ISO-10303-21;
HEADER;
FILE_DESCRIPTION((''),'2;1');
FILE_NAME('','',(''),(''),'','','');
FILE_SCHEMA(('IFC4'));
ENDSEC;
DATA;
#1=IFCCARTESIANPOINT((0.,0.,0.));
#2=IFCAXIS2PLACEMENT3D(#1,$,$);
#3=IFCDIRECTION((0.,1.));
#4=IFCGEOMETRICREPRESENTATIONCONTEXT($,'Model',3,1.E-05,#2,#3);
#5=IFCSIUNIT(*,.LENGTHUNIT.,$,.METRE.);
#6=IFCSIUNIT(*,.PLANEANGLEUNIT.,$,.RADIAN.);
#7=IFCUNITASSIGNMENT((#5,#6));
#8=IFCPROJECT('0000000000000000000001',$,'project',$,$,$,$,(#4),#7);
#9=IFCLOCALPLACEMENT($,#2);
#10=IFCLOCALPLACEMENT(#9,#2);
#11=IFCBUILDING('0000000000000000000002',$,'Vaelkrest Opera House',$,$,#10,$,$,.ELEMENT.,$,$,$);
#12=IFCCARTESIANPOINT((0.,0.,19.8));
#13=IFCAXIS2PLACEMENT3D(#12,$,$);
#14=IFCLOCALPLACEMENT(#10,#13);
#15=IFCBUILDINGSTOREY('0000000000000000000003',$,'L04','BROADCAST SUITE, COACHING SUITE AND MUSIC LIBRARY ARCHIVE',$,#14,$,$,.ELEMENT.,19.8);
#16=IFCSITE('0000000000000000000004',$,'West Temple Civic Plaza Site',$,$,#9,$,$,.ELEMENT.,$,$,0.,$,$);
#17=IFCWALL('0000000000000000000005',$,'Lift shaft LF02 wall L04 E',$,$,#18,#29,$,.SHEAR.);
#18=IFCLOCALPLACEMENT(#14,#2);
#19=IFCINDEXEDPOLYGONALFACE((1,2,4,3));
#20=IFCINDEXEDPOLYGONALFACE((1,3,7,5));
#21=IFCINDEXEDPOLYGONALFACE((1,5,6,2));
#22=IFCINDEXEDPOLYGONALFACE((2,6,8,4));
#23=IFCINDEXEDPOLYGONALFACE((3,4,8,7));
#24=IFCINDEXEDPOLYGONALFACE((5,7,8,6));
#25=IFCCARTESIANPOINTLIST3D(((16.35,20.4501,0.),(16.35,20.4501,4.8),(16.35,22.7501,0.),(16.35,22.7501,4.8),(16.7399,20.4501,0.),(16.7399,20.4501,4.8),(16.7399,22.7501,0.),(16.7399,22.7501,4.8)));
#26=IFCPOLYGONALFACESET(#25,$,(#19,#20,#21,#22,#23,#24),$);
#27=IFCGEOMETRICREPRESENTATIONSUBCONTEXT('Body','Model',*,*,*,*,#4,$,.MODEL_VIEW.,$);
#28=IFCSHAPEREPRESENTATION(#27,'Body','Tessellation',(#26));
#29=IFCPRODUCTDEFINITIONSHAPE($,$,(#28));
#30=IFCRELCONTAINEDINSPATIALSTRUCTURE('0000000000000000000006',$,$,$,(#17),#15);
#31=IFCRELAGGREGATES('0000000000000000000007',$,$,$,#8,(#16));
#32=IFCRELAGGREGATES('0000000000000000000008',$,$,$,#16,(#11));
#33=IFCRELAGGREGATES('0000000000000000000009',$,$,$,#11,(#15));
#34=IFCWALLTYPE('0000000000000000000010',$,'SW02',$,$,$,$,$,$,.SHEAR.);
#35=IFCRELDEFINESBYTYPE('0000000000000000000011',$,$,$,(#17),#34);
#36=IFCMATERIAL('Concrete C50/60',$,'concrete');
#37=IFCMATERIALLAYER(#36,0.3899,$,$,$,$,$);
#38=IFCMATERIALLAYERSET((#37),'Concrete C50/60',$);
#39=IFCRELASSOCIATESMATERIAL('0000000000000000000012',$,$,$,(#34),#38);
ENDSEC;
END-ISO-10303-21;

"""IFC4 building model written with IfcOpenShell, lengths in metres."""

from ifc_helpers import new_model, si_unit, direction, frame, frame_2d, origin, place, context, subcontext, project, spatial, rectangle, extrude, material, layer, layer_set, type_object, element, save


model = new_model("IFC4")

# Units and contexts
model_context = context("Model", 3, precision=1e-05, world=origin(), true_north=direction((0.0, 1.0)))
body_context = subcontext(model_context, "Body", "Model", "MODEL_VIEW")
ifc_project = project(units=[si_unit("LENGTHUNIT", "METRE"), si_unit("PLANEANGLEUNIT", "RADIAN")], contexts=[model_context])

# Site, building, storey
site_placement = place(None, origin())
site = spatial("IfcSite", under=ifc_project, at=site_placement, Name="West Temple Civic Plaza Site", CompositionType="ELEMENT", RefElevation=0.0)
building_placement = place(site_placement, origin())
building = spatial("IfcBuilding", under=site, at=building_placement, Name="Vaelkrest Opera House", CompositionType="ELEMENT")
storey_placement = place(building_placement, frame((0.0, 0.0, 19.8)))
storey = spatial("IfcBuildingStorey", under=building, at=storey_placement, Name="L04", Description="BROADCAST SUITE, COACHING SUITE AND MUSIC LIBRARY ARCHIVE", CompositionType="ELEMENT", Elevation=19.8)

# Shared definitions
ifc_material_1 = material(Name="Concrete C50/60", Category="concrete")

# Shared definitions
ifc_layer_1 = layer(ifc_material_1, 0.3899)
ifc_layer_set_1 = layer_set([ifc_layer_1], Name="Concrete C50/60")
wall_type_1 = type_object("IfcWallType", Name="SW02", PredefinedType="SHEAR", material=ifc_layer_set_1)

# Wall
for number, where, z_axis, x_axis, name in (
    (1, (16.5449, 22.75, 0.0), (0.0, 0.0, 1.0), (0.0, -1.0, 0.0), "Lift shaft LF02 wall L04 E"),
):
    element("IfcWall", number, at=place(storey_placement, frame(where, z_axis=z_axis, x_axis=x_axis)), inside=storey, type_object=wall_type_1, Name=name, PredefinedType="SHEAR", context=body_context, shape_type="SweptSolid", body=[
        extrude(rectangle(XDim=2.3, YDim=0.3899, at=frame_2d((1.1499, 0.0))), origin(), (0.0, 0.0, 1.0), 4.8),
    ])

save(model, "model.ifc")
